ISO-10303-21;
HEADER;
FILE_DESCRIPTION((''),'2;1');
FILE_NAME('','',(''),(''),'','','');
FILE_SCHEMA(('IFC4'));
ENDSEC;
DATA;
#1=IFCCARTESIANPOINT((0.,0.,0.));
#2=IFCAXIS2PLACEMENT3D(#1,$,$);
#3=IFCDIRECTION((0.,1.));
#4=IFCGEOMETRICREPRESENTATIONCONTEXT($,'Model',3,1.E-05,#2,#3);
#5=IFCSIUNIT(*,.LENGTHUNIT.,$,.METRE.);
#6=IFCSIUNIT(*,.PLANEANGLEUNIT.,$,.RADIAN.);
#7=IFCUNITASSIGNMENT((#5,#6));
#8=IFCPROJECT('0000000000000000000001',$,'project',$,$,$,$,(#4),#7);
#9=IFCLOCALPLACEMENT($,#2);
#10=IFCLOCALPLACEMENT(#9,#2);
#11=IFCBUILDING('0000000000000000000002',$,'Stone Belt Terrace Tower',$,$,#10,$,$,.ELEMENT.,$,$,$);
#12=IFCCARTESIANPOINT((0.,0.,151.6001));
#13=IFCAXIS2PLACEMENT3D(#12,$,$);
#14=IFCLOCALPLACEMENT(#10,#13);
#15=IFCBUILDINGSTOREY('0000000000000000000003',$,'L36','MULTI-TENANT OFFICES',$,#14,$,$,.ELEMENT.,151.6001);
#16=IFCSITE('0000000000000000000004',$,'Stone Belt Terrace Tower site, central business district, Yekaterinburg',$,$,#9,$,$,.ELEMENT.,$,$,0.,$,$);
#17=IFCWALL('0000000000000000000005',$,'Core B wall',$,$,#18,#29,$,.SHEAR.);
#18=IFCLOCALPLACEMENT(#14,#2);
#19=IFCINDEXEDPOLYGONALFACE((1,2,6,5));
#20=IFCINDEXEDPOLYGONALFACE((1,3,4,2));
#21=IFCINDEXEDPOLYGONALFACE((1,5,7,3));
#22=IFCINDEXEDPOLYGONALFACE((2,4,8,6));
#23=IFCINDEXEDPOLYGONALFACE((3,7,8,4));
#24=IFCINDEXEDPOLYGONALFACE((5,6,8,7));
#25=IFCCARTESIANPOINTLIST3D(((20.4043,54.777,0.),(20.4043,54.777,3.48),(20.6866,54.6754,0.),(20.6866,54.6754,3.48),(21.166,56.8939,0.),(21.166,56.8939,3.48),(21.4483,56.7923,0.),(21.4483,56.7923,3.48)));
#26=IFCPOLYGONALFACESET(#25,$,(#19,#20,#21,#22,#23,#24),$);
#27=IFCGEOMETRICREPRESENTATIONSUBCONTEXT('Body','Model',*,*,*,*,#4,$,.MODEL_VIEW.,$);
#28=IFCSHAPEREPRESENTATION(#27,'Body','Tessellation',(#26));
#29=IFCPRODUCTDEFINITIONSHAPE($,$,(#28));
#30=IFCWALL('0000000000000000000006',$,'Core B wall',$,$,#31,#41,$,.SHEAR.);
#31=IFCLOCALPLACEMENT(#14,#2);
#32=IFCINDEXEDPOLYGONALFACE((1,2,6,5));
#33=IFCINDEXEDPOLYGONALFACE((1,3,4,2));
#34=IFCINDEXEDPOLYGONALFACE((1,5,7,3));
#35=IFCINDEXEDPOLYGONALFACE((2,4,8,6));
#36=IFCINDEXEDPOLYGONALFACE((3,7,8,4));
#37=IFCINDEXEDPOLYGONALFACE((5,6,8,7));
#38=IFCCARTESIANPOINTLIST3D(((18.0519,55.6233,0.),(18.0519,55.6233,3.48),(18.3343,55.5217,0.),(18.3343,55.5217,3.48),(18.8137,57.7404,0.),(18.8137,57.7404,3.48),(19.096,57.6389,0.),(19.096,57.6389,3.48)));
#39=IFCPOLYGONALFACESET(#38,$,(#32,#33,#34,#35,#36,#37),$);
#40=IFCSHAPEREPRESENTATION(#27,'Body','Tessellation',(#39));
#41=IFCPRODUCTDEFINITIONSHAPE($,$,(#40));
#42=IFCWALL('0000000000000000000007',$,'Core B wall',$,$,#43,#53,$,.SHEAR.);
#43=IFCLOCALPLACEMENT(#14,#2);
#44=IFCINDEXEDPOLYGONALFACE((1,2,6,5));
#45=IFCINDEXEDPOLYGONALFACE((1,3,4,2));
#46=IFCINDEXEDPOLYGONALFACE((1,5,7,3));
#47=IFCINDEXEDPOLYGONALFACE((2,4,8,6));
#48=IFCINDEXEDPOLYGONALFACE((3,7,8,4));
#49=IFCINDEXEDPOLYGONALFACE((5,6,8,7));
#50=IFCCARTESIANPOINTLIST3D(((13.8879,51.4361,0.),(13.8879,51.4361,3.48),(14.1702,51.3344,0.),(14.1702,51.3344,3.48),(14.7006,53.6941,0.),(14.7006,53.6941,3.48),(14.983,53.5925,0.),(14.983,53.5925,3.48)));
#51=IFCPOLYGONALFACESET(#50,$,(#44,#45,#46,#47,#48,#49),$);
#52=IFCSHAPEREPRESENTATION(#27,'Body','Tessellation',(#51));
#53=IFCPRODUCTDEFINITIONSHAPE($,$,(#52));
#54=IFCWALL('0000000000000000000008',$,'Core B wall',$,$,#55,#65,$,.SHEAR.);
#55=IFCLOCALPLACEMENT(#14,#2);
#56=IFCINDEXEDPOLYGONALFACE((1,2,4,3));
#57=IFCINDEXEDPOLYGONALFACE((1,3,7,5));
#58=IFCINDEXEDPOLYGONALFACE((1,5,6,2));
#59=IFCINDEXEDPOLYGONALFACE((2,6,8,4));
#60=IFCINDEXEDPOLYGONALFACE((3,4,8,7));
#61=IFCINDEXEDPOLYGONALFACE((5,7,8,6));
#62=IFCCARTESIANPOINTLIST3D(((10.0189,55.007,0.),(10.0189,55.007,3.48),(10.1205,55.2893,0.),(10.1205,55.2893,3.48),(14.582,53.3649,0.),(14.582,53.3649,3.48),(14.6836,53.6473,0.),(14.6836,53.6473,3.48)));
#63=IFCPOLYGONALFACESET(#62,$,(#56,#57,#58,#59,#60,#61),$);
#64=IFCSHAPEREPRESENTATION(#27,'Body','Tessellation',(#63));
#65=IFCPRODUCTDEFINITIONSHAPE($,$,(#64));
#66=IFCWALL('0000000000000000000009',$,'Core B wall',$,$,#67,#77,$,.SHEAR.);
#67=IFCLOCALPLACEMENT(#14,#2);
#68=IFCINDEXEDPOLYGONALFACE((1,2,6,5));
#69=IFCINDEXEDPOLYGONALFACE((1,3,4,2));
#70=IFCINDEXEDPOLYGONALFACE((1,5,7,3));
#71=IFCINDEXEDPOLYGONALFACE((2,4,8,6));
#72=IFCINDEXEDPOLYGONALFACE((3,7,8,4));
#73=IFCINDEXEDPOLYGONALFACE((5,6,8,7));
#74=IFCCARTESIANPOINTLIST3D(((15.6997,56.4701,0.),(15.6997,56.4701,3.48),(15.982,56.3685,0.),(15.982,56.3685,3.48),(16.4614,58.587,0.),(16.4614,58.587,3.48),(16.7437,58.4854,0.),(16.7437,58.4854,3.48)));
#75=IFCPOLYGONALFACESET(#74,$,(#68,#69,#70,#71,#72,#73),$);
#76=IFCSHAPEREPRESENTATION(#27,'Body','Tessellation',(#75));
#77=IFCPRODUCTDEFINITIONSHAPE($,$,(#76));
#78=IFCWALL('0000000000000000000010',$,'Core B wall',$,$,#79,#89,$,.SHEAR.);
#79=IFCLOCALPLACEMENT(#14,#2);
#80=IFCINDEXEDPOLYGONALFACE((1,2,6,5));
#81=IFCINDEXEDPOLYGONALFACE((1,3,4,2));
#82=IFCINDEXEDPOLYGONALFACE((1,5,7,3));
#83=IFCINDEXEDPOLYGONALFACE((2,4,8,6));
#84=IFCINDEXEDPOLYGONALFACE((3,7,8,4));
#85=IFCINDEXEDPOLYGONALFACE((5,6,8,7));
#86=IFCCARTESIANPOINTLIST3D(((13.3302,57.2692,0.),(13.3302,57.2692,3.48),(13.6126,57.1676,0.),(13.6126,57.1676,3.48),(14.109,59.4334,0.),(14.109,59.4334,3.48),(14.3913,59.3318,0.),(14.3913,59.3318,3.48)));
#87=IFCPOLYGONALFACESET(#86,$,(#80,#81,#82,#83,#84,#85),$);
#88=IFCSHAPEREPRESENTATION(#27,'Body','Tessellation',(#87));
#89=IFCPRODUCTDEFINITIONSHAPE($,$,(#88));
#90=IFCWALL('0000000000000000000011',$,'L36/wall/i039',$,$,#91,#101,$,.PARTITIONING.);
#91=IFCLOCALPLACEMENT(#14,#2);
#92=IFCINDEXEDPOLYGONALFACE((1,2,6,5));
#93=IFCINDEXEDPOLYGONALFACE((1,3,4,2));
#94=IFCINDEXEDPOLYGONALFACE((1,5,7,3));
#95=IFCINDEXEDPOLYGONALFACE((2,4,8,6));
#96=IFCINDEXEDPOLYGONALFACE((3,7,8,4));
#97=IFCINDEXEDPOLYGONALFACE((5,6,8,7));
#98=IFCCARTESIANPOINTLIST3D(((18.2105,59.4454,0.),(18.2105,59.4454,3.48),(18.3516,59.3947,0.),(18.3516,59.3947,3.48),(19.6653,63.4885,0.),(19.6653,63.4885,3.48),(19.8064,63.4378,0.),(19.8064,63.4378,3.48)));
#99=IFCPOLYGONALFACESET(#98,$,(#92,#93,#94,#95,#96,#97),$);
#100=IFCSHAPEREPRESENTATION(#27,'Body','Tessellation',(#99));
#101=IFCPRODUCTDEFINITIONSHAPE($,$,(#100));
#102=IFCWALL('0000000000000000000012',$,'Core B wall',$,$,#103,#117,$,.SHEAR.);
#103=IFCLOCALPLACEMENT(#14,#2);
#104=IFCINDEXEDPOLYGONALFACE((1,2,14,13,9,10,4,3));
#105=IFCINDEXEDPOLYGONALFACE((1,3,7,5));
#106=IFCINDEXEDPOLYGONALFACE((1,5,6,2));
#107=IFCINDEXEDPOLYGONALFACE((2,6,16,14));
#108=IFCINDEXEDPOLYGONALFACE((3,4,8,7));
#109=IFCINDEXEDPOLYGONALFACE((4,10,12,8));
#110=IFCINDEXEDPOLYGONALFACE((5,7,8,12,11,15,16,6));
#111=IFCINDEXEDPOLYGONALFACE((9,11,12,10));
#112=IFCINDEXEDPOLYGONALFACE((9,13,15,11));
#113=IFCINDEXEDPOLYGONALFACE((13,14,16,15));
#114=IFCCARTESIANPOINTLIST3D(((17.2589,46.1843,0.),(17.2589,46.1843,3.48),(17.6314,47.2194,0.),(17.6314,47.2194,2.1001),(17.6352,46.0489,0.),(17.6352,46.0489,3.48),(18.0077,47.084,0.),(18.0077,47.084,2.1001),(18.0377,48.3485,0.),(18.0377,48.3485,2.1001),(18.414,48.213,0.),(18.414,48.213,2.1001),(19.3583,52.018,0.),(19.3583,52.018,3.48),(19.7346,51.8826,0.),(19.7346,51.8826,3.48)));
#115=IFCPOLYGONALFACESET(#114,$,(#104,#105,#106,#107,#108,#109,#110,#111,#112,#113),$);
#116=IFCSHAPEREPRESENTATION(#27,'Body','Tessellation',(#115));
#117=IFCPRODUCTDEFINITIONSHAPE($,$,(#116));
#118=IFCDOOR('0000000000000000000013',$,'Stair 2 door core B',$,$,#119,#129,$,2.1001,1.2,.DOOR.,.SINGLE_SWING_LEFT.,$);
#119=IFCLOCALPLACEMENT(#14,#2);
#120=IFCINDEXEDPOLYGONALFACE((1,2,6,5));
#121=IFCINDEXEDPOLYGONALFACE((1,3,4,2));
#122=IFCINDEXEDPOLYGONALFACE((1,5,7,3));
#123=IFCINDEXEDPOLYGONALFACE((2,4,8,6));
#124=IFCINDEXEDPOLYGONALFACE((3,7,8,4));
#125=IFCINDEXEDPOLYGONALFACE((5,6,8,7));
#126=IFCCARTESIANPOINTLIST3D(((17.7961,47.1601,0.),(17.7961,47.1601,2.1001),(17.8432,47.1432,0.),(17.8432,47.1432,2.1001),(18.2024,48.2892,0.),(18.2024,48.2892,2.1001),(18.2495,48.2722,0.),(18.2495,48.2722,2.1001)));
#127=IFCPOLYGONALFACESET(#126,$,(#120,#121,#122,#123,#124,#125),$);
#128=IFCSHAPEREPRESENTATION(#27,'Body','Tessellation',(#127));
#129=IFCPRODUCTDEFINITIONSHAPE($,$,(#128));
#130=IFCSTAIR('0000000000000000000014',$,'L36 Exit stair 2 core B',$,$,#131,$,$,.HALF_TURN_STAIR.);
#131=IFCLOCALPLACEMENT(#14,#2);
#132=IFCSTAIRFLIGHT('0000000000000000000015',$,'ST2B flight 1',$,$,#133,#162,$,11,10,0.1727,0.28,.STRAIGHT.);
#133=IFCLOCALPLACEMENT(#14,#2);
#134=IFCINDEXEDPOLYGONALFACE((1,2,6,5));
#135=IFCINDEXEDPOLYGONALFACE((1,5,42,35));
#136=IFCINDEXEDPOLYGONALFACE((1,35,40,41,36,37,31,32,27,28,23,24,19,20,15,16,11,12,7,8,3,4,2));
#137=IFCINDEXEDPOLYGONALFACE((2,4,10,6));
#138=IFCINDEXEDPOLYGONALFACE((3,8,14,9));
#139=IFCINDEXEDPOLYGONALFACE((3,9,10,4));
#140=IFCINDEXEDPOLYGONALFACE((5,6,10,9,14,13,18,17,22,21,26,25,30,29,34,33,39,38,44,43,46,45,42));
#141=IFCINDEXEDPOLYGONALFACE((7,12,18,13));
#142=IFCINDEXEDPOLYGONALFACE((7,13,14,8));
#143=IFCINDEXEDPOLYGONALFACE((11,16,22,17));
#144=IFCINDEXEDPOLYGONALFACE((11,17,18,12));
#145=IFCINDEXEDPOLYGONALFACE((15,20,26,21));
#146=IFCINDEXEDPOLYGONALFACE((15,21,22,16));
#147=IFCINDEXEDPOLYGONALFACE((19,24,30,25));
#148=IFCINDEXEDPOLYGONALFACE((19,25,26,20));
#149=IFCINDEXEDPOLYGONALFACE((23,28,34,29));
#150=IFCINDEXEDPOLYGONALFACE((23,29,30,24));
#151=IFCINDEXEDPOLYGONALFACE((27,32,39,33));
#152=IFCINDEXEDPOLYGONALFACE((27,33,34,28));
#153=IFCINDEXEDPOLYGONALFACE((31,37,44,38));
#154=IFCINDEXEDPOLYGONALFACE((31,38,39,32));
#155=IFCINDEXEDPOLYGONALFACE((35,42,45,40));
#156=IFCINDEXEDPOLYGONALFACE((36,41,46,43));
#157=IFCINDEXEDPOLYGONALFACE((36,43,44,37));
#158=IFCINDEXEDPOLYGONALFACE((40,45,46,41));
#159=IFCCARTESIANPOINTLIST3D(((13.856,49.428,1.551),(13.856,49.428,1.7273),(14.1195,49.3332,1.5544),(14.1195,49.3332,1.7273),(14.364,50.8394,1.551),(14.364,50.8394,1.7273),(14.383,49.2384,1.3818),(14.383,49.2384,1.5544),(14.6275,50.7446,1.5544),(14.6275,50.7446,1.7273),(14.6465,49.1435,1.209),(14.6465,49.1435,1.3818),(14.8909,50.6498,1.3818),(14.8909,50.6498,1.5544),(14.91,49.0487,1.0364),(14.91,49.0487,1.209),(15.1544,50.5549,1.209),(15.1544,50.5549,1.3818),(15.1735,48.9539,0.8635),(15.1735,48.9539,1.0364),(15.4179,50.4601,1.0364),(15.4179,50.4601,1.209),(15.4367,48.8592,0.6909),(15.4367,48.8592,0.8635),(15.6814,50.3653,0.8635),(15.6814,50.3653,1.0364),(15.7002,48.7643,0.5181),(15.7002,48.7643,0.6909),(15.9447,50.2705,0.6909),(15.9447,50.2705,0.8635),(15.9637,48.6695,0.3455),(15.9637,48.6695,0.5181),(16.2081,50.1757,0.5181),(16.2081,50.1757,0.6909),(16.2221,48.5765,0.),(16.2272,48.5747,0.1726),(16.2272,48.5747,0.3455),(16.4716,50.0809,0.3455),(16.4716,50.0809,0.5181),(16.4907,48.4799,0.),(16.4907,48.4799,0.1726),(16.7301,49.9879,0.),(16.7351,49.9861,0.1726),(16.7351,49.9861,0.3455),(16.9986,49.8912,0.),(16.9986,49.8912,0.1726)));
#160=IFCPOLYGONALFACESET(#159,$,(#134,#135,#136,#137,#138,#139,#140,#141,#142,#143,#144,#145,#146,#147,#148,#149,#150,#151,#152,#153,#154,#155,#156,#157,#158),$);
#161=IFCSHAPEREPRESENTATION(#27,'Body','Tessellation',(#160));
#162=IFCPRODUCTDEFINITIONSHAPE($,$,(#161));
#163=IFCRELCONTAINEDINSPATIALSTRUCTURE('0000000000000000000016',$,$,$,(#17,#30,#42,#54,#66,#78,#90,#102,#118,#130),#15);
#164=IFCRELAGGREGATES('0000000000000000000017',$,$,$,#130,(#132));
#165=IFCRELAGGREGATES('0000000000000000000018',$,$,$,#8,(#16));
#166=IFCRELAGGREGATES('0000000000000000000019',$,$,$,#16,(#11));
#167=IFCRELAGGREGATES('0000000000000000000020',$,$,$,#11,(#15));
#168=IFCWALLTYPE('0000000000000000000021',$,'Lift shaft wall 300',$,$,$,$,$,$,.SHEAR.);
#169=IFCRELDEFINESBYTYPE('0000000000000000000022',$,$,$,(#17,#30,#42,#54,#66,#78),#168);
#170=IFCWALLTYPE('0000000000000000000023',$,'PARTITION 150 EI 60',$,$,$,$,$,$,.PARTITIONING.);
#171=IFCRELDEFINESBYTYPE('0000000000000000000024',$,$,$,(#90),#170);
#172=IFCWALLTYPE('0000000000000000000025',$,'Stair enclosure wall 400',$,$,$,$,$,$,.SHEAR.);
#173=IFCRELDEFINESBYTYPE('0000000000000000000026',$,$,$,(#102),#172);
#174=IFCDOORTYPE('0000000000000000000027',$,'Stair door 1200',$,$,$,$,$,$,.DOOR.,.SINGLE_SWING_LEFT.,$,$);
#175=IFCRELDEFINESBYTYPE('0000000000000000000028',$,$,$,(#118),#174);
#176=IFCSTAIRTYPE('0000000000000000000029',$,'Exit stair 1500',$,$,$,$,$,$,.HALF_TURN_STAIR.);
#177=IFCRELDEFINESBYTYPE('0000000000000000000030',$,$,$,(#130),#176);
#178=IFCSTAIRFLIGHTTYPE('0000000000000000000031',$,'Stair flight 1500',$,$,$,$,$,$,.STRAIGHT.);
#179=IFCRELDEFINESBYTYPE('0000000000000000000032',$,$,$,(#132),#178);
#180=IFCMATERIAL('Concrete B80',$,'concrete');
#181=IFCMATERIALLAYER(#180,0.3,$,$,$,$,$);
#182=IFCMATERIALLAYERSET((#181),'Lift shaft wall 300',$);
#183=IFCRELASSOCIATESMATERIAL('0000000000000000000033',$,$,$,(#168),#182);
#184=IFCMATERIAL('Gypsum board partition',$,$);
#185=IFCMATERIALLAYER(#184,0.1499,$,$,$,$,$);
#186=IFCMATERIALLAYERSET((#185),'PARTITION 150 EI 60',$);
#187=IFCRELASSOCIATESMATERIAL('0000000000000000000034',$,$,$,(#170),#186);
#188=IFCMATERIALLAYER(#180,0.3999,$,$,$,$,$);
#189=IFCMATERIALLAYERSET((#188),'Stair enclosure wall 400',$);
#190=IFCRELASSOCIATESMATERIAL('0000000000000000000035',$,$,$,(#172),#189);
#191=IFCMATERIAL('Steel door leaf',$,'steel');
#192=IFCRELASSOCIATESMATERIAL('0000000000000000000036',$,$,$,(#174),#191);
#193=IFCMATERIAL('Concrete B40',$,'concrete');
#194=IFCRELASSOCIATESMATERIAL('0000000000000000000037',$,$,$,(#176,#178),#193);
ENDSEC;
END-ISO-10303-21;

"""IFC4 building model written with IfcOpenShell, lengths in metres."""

from ifc_helpers import new_model, si_unit, direction, frame, frame_2d, origin, place, context, subcontext, project, spatial, polyline, rectangle, outline, extrude, material, layer, layer_set, type_object, element, fill, aggregate, save


model = new_model("IFC4")

# Units and contexts
model_context = context("Model", 3, precision=1e-05, world=origin(), true_north=direction((0.0, 1.0)))
body_context = subcontext(model_context, "Body", "Model", "MODEL_VIEW")
ifc_project = project(units=[si_unit("LENGTHUNIT", "METRE"), si_unit("PLANEANGLEUNIT", "RADIAN")], contexts=[model_context])

# Site, building, storey
site_placement = place(None, origin())
site = spatial("IfcSite", under=ifc_project, at=site_placement, Name="Stone Belt Terrace Tower site, central business district, Yekaterinburg", CompositionType="ELEMENT", RefElevation=0.0)
building_placement = place(site_placement, origin())
building = spatial("IfcBuilding", under=site, at=building_placement, Name="Stone Belt Terrace Tower", CompositionType="ELEMENT")
storey_placement = place(building_placement, frame((0.0, 0.0, 151.6001)))
storey = spatial("IfcBuildingStorey", under=building, at=storey_placement, Name="L36", Description="MULTI-TENANT OFFICES", CompositionType="ELEMENT", Elevation=151.6001)

# Shared definitions
ifc_material_1 = material(Name="Concrete B80", Category="concrete")

# Walls
ifc_layer_1 = layer(ifc_material_1, 0.3)
ifc_layer_set_1 = layer_set([ifc_layer_1], Name="Lift shaft wall 300")
wall_type_1 = type_object("IfcWallType", Name="Lift shaft wall 300", PredefinedType="SHEAR", material=ifc_layer_set_1)
wall_1_placement = place(storey_placement, frame((20.5454, 54.7261, 0.0), z_axis=(0.0, 0.0, 1.0), x_axis=(0.33857, 0.940941, 0.0)))
element("IfcWall", 1, at=wall_1_placement, inside=storey, type_object=wall_type_1, Name="Core B wall", PredefinedType="SHEAR", context=body_context, shape_type="SweptSolid", body=[
    extrude(rectangle(XDim=2.2498, YDim=0.3, at=frame_2d((1.125, 0.0))), origin(), (0.0, 0.0, 1.0), 3.48),
])
wall_2_placement = place(storey_placement, frame((18.1931, 55.5725, 0.0), z_axis=(0.0, 0.0, 1.0), x_axis=(0.338535, 0.940954, 0.0)))
element("IfcWall", 2, at=wall_2_placement, inside=storey, type_object=wall_type_1, Name="Core B wall", PredefinedType="SHEAR", context=body_context, shape_type="SweptSolid", body=[
    extrude(rectangle(XDim=2.25, YDim=0.3, at=frame_2d((1.125, 0.0))), origin(), (0.0, 0.0, 1.0), 3.48),
])
wall_3_placement = place(storey_placement, frame((14.0291, 51.3853, 0.0), z_axis=(0.0, 0.0, 1.0), x_axis=(0.338662, 0.940908, 0.0)))
element("IfcWall", 3, at=wall_3_placement, inside=storey, type_object=wall_type_1, Name="Core B wall", PredefinedType="SHEAR", context=body_context, shape_type="SweptSolid", body=[
    extrude(rectangle(XDim=2.3999, YDim=0.3, at=frame_2d((1.2, 0.0))), origin(), (0.0, 0.0, 1.0), 3.48),
])
wall_4_placement = place(storey_placement, frame((14.6328, 53.5061, 0.0), z_axis=(0.0, 0.0, 1.0), x_axis=(-0.940932, 0.338596, 0.0)))
element("IfcWall", 4, at=wall_4_placement, inside=storey, type_object=wall_type_1, Name="Core B wall", PredefinedType="SHEAR", context=body_context, shape_type="SweptSolid", body=[
    extrude(rectangle(XDim=4.8496, YDim=0.3, at=frame_2d((2.4248, 0.0))), origin(), (0.0, 0.0, 1.0), 3.48),
])
wall_5_placement = place(storey_placement, frame((15.8408, 56.4192, 0.0), z_axis=(0.0, 0.0, 1.0), x_axis=(0.33857, 0.940941, 0.0)))
element("IfcWall", 5, at=wall_5_placement, inside=storey, type_object=wall_type_1, Name="Core B wall", PredefinedType="SHEAR", context=body_context, shape_type="SweptSolid", body=[
    extrude(rectangle(XDim=2.2498, YDim=0.3, at=frame_2d((1.125, 0.0))), origin(), (0.0, 0.0, 1.0), 3.48),
])
wall_6_placement = place(storey_placement, frame((13.4714, 57.2185, 0.0), z_axis=(0.0, 0.0, 1.0), x_axis=(0.338588, 0.940935, 0.0)))
element("IfcWall", 6, at=wall_6_placement, inside=storey, type_object=wall_type_1, Name="Core B wall", PredefinedType="SHEAR", context=body_context, shape_type="SweptSolid", body=[
    extrude(rectangle(XDim=2.3, YDim=0.3, at=frame_2d((1.1499, 0.0))), origin(), (0.0, 0.0, 1.0), 3.48),
])
ifc_material_2 = material(Name="Gypsum board partition")
ifc_layer_2 = layer(ifc_material_2, 0.1499)
ifc_layer_set_2 = layer_set([ifc_layer_2], Name="PARTITION 150 EI 60")
wall_type_2 = type_object("IfcWallType", Name="PARTITION 150 EI 60", PredefinedType="PARTITIONING", material=ifc_layer_set_2)
wall_7_placement = place(storey_placement, frame((19.7358, 63.4631, 0.0), z_axis=(0.0, 0.0, 1.0), x_axis=(-0.338571, -0.940941, 0.0)))
element("IfcWall", 7, at=wall_7_placement, inside=storey, type_object=wall_type_2, Name="L36/wall/i039", PredefinedType="PARTITIONING", context=body_context, shape_type="SweptSolid", body=[
    extrude(rectangle(XDim=4.2969, YDim=0.1499, at=frame_2d((2.1484, 0.0))), origin(), (0.0, 0.0, 1.0), 3.48),
])

# Wall, opening, door
ifc_layer_3 = layer(ifc_material_1, 0.3999)
ifc_layer_set_3 = layer_set([ifc_layer_3], Name="Stair enclosure wall 400")
wall_type_3 = type_object("IfcWallType", Name="Stair enclosure wall 400", PredefinedType="SHEAR", material=ifc_layer_set_3)
wall_8_placement = place(storey_placement, frame((17.447, 46.1165, 0.0), z_axis=(0.0, 0.0, 1.0), x_axis=(0.338608, 0.940928, 0.0)))
wall_8 = element("IfcWall", 8, at=wall_8_placement, inside=storey, type_object=wall_type_3, Name="Core B wall", PredefinedType="SHEAR", context=body_context, shape_type="SweptSolid", body=[
    extrude(rectangle(XDim=6.2, YDim=0.3999, at=frame_2d((3.1001, 0.0))), origin(), (0.0, 0.0, 1.0), 3.48),
])
opening_1_placement = place(wall_8_placement, frame((1.1001, 0.0, 0.0)))
opening_1 = element("IfcOpeningElement", 9, at=opening_1_placement, cuts=wall_8, PredefinedType="OPENING", context=body_context, shape_type="SweptSolid", body=[
    extrude(rectangle(XDim=1.2, YDim=2.1001, at=frame_2d((0.6001, 1.05))), frame((0.0, 0.21, 0.0), z_axis=(0.0, -1.0, 0.0), x_axis=(1.0, 0.0, 0.0)), (0.0, 0.0, 1.0), 0.4199),
])
ifc_material_3 = material(Name="Steel door leaf", Category="steel")
door_type_1 = type_object("IfcDoorType", Name="Stair door 1200", OperationType="SINGLE_SWING_LEFT", PredefinedType="DOOR", material=ifc_material_3)
door_1_placement = place(opening_1_placement, origin())
door_1 = element("IfcDoor", 10, at=door_1_placement, inside=storey, type_object=door_type_1, Name="Stair 2 door core B", OperationType="SINGLE_SWING_LEFT", OverallHeight=2.1001, OverallWidth=1.2, PredefinedType="DOOR", context=body_context, shape_type="SweptSolid", body=[
    extrude(rectangle(XDim=1.2, YDim=2.1001, at=frame_2d((0.6001, 1.05))), frame((0.0, 0.0249, 0.0), z_axis=(0.0, -1.0, 0.0), x_axis=(1.0, 0.0, 0.0)), (0.0, 0.0, 1.0), 0.05),
])
fill(opening_1, door_1)

# Stair, stair flight
ifc_material_4 = material(Name="Concrete B40", Category="concrete")
stair_type = type_object("IfcStairType", Name="Exit stair 1500", PredefinedType="HALF_TURN_STAIR", material=ifc_material_4)
stair_placement = place(storey_placement, origin())
stair = element("IfcStair", 11, at=stair_placement, inside=storey, type_object=stair_type, Name="L36 Exit stair 2 core B", PredefinedType="HALF_TURN_STAIR")
stair_flight_type = type_object("IfcStairFlightType", Name="Stair flight 1500", PredefinedType="STRAIGHT", material=ifc_material_4)
stair_flight_1_placement = place(storey_placement, frame((16.7446, 49.1855, 0.0), z_axis=(0.0, 0.0, 1.0), x_axis=(-0.940922, 0.338624, 0.0)))
stair_flight_1 = element("IfcStairFlight", 12, at=stair_flight_1_placement, type_object=stair_flight_type, Name="ST2B flight 1", NumberOfRisers=11, NumberOfTreads=10, PredefinedType="STRAIGHT", RiserHeight=0.1727, TreadLength=0.28, context=body_context, shape_type="SweptSolid", body=[
    extrude(outline(polyline([(0.0, 0.0), (0.0, 0.1726), (0.28, 0.1726), (0.28, 0.3455), (0.5601, 0.3455), (0.5601, 0.5181), (0.8401, 0.5181), (0.8401, 0.6909), (1.1201, 0.6909), (1.1201, 0.8635), (1.3999, 0.8635), (1.3999, 1.0364), (1.6799, 1.0364), (1.6799, 1.209), (1.96, 1.209), (1.96, 1.3818), (2.24, 1.3818), (2.24, 1.5544), (2.52, 1.5544), (2.52, 1.7273), (2.8, 1.7273), (2.8, 1.8999), (2.8, 1.551), (0.2854, 0.0), (0.0, 0.0)])), frame((0.0, 0.75, 0.0), z_axis=(0.0, -1.0, 0.0), x_axis=(1.0, 0.0, 0.0)), (0.0, 0.0, 1.0), 1.5),
])
aggregate(stair, [stair_flight_1])

save(model, "model.ifc")
